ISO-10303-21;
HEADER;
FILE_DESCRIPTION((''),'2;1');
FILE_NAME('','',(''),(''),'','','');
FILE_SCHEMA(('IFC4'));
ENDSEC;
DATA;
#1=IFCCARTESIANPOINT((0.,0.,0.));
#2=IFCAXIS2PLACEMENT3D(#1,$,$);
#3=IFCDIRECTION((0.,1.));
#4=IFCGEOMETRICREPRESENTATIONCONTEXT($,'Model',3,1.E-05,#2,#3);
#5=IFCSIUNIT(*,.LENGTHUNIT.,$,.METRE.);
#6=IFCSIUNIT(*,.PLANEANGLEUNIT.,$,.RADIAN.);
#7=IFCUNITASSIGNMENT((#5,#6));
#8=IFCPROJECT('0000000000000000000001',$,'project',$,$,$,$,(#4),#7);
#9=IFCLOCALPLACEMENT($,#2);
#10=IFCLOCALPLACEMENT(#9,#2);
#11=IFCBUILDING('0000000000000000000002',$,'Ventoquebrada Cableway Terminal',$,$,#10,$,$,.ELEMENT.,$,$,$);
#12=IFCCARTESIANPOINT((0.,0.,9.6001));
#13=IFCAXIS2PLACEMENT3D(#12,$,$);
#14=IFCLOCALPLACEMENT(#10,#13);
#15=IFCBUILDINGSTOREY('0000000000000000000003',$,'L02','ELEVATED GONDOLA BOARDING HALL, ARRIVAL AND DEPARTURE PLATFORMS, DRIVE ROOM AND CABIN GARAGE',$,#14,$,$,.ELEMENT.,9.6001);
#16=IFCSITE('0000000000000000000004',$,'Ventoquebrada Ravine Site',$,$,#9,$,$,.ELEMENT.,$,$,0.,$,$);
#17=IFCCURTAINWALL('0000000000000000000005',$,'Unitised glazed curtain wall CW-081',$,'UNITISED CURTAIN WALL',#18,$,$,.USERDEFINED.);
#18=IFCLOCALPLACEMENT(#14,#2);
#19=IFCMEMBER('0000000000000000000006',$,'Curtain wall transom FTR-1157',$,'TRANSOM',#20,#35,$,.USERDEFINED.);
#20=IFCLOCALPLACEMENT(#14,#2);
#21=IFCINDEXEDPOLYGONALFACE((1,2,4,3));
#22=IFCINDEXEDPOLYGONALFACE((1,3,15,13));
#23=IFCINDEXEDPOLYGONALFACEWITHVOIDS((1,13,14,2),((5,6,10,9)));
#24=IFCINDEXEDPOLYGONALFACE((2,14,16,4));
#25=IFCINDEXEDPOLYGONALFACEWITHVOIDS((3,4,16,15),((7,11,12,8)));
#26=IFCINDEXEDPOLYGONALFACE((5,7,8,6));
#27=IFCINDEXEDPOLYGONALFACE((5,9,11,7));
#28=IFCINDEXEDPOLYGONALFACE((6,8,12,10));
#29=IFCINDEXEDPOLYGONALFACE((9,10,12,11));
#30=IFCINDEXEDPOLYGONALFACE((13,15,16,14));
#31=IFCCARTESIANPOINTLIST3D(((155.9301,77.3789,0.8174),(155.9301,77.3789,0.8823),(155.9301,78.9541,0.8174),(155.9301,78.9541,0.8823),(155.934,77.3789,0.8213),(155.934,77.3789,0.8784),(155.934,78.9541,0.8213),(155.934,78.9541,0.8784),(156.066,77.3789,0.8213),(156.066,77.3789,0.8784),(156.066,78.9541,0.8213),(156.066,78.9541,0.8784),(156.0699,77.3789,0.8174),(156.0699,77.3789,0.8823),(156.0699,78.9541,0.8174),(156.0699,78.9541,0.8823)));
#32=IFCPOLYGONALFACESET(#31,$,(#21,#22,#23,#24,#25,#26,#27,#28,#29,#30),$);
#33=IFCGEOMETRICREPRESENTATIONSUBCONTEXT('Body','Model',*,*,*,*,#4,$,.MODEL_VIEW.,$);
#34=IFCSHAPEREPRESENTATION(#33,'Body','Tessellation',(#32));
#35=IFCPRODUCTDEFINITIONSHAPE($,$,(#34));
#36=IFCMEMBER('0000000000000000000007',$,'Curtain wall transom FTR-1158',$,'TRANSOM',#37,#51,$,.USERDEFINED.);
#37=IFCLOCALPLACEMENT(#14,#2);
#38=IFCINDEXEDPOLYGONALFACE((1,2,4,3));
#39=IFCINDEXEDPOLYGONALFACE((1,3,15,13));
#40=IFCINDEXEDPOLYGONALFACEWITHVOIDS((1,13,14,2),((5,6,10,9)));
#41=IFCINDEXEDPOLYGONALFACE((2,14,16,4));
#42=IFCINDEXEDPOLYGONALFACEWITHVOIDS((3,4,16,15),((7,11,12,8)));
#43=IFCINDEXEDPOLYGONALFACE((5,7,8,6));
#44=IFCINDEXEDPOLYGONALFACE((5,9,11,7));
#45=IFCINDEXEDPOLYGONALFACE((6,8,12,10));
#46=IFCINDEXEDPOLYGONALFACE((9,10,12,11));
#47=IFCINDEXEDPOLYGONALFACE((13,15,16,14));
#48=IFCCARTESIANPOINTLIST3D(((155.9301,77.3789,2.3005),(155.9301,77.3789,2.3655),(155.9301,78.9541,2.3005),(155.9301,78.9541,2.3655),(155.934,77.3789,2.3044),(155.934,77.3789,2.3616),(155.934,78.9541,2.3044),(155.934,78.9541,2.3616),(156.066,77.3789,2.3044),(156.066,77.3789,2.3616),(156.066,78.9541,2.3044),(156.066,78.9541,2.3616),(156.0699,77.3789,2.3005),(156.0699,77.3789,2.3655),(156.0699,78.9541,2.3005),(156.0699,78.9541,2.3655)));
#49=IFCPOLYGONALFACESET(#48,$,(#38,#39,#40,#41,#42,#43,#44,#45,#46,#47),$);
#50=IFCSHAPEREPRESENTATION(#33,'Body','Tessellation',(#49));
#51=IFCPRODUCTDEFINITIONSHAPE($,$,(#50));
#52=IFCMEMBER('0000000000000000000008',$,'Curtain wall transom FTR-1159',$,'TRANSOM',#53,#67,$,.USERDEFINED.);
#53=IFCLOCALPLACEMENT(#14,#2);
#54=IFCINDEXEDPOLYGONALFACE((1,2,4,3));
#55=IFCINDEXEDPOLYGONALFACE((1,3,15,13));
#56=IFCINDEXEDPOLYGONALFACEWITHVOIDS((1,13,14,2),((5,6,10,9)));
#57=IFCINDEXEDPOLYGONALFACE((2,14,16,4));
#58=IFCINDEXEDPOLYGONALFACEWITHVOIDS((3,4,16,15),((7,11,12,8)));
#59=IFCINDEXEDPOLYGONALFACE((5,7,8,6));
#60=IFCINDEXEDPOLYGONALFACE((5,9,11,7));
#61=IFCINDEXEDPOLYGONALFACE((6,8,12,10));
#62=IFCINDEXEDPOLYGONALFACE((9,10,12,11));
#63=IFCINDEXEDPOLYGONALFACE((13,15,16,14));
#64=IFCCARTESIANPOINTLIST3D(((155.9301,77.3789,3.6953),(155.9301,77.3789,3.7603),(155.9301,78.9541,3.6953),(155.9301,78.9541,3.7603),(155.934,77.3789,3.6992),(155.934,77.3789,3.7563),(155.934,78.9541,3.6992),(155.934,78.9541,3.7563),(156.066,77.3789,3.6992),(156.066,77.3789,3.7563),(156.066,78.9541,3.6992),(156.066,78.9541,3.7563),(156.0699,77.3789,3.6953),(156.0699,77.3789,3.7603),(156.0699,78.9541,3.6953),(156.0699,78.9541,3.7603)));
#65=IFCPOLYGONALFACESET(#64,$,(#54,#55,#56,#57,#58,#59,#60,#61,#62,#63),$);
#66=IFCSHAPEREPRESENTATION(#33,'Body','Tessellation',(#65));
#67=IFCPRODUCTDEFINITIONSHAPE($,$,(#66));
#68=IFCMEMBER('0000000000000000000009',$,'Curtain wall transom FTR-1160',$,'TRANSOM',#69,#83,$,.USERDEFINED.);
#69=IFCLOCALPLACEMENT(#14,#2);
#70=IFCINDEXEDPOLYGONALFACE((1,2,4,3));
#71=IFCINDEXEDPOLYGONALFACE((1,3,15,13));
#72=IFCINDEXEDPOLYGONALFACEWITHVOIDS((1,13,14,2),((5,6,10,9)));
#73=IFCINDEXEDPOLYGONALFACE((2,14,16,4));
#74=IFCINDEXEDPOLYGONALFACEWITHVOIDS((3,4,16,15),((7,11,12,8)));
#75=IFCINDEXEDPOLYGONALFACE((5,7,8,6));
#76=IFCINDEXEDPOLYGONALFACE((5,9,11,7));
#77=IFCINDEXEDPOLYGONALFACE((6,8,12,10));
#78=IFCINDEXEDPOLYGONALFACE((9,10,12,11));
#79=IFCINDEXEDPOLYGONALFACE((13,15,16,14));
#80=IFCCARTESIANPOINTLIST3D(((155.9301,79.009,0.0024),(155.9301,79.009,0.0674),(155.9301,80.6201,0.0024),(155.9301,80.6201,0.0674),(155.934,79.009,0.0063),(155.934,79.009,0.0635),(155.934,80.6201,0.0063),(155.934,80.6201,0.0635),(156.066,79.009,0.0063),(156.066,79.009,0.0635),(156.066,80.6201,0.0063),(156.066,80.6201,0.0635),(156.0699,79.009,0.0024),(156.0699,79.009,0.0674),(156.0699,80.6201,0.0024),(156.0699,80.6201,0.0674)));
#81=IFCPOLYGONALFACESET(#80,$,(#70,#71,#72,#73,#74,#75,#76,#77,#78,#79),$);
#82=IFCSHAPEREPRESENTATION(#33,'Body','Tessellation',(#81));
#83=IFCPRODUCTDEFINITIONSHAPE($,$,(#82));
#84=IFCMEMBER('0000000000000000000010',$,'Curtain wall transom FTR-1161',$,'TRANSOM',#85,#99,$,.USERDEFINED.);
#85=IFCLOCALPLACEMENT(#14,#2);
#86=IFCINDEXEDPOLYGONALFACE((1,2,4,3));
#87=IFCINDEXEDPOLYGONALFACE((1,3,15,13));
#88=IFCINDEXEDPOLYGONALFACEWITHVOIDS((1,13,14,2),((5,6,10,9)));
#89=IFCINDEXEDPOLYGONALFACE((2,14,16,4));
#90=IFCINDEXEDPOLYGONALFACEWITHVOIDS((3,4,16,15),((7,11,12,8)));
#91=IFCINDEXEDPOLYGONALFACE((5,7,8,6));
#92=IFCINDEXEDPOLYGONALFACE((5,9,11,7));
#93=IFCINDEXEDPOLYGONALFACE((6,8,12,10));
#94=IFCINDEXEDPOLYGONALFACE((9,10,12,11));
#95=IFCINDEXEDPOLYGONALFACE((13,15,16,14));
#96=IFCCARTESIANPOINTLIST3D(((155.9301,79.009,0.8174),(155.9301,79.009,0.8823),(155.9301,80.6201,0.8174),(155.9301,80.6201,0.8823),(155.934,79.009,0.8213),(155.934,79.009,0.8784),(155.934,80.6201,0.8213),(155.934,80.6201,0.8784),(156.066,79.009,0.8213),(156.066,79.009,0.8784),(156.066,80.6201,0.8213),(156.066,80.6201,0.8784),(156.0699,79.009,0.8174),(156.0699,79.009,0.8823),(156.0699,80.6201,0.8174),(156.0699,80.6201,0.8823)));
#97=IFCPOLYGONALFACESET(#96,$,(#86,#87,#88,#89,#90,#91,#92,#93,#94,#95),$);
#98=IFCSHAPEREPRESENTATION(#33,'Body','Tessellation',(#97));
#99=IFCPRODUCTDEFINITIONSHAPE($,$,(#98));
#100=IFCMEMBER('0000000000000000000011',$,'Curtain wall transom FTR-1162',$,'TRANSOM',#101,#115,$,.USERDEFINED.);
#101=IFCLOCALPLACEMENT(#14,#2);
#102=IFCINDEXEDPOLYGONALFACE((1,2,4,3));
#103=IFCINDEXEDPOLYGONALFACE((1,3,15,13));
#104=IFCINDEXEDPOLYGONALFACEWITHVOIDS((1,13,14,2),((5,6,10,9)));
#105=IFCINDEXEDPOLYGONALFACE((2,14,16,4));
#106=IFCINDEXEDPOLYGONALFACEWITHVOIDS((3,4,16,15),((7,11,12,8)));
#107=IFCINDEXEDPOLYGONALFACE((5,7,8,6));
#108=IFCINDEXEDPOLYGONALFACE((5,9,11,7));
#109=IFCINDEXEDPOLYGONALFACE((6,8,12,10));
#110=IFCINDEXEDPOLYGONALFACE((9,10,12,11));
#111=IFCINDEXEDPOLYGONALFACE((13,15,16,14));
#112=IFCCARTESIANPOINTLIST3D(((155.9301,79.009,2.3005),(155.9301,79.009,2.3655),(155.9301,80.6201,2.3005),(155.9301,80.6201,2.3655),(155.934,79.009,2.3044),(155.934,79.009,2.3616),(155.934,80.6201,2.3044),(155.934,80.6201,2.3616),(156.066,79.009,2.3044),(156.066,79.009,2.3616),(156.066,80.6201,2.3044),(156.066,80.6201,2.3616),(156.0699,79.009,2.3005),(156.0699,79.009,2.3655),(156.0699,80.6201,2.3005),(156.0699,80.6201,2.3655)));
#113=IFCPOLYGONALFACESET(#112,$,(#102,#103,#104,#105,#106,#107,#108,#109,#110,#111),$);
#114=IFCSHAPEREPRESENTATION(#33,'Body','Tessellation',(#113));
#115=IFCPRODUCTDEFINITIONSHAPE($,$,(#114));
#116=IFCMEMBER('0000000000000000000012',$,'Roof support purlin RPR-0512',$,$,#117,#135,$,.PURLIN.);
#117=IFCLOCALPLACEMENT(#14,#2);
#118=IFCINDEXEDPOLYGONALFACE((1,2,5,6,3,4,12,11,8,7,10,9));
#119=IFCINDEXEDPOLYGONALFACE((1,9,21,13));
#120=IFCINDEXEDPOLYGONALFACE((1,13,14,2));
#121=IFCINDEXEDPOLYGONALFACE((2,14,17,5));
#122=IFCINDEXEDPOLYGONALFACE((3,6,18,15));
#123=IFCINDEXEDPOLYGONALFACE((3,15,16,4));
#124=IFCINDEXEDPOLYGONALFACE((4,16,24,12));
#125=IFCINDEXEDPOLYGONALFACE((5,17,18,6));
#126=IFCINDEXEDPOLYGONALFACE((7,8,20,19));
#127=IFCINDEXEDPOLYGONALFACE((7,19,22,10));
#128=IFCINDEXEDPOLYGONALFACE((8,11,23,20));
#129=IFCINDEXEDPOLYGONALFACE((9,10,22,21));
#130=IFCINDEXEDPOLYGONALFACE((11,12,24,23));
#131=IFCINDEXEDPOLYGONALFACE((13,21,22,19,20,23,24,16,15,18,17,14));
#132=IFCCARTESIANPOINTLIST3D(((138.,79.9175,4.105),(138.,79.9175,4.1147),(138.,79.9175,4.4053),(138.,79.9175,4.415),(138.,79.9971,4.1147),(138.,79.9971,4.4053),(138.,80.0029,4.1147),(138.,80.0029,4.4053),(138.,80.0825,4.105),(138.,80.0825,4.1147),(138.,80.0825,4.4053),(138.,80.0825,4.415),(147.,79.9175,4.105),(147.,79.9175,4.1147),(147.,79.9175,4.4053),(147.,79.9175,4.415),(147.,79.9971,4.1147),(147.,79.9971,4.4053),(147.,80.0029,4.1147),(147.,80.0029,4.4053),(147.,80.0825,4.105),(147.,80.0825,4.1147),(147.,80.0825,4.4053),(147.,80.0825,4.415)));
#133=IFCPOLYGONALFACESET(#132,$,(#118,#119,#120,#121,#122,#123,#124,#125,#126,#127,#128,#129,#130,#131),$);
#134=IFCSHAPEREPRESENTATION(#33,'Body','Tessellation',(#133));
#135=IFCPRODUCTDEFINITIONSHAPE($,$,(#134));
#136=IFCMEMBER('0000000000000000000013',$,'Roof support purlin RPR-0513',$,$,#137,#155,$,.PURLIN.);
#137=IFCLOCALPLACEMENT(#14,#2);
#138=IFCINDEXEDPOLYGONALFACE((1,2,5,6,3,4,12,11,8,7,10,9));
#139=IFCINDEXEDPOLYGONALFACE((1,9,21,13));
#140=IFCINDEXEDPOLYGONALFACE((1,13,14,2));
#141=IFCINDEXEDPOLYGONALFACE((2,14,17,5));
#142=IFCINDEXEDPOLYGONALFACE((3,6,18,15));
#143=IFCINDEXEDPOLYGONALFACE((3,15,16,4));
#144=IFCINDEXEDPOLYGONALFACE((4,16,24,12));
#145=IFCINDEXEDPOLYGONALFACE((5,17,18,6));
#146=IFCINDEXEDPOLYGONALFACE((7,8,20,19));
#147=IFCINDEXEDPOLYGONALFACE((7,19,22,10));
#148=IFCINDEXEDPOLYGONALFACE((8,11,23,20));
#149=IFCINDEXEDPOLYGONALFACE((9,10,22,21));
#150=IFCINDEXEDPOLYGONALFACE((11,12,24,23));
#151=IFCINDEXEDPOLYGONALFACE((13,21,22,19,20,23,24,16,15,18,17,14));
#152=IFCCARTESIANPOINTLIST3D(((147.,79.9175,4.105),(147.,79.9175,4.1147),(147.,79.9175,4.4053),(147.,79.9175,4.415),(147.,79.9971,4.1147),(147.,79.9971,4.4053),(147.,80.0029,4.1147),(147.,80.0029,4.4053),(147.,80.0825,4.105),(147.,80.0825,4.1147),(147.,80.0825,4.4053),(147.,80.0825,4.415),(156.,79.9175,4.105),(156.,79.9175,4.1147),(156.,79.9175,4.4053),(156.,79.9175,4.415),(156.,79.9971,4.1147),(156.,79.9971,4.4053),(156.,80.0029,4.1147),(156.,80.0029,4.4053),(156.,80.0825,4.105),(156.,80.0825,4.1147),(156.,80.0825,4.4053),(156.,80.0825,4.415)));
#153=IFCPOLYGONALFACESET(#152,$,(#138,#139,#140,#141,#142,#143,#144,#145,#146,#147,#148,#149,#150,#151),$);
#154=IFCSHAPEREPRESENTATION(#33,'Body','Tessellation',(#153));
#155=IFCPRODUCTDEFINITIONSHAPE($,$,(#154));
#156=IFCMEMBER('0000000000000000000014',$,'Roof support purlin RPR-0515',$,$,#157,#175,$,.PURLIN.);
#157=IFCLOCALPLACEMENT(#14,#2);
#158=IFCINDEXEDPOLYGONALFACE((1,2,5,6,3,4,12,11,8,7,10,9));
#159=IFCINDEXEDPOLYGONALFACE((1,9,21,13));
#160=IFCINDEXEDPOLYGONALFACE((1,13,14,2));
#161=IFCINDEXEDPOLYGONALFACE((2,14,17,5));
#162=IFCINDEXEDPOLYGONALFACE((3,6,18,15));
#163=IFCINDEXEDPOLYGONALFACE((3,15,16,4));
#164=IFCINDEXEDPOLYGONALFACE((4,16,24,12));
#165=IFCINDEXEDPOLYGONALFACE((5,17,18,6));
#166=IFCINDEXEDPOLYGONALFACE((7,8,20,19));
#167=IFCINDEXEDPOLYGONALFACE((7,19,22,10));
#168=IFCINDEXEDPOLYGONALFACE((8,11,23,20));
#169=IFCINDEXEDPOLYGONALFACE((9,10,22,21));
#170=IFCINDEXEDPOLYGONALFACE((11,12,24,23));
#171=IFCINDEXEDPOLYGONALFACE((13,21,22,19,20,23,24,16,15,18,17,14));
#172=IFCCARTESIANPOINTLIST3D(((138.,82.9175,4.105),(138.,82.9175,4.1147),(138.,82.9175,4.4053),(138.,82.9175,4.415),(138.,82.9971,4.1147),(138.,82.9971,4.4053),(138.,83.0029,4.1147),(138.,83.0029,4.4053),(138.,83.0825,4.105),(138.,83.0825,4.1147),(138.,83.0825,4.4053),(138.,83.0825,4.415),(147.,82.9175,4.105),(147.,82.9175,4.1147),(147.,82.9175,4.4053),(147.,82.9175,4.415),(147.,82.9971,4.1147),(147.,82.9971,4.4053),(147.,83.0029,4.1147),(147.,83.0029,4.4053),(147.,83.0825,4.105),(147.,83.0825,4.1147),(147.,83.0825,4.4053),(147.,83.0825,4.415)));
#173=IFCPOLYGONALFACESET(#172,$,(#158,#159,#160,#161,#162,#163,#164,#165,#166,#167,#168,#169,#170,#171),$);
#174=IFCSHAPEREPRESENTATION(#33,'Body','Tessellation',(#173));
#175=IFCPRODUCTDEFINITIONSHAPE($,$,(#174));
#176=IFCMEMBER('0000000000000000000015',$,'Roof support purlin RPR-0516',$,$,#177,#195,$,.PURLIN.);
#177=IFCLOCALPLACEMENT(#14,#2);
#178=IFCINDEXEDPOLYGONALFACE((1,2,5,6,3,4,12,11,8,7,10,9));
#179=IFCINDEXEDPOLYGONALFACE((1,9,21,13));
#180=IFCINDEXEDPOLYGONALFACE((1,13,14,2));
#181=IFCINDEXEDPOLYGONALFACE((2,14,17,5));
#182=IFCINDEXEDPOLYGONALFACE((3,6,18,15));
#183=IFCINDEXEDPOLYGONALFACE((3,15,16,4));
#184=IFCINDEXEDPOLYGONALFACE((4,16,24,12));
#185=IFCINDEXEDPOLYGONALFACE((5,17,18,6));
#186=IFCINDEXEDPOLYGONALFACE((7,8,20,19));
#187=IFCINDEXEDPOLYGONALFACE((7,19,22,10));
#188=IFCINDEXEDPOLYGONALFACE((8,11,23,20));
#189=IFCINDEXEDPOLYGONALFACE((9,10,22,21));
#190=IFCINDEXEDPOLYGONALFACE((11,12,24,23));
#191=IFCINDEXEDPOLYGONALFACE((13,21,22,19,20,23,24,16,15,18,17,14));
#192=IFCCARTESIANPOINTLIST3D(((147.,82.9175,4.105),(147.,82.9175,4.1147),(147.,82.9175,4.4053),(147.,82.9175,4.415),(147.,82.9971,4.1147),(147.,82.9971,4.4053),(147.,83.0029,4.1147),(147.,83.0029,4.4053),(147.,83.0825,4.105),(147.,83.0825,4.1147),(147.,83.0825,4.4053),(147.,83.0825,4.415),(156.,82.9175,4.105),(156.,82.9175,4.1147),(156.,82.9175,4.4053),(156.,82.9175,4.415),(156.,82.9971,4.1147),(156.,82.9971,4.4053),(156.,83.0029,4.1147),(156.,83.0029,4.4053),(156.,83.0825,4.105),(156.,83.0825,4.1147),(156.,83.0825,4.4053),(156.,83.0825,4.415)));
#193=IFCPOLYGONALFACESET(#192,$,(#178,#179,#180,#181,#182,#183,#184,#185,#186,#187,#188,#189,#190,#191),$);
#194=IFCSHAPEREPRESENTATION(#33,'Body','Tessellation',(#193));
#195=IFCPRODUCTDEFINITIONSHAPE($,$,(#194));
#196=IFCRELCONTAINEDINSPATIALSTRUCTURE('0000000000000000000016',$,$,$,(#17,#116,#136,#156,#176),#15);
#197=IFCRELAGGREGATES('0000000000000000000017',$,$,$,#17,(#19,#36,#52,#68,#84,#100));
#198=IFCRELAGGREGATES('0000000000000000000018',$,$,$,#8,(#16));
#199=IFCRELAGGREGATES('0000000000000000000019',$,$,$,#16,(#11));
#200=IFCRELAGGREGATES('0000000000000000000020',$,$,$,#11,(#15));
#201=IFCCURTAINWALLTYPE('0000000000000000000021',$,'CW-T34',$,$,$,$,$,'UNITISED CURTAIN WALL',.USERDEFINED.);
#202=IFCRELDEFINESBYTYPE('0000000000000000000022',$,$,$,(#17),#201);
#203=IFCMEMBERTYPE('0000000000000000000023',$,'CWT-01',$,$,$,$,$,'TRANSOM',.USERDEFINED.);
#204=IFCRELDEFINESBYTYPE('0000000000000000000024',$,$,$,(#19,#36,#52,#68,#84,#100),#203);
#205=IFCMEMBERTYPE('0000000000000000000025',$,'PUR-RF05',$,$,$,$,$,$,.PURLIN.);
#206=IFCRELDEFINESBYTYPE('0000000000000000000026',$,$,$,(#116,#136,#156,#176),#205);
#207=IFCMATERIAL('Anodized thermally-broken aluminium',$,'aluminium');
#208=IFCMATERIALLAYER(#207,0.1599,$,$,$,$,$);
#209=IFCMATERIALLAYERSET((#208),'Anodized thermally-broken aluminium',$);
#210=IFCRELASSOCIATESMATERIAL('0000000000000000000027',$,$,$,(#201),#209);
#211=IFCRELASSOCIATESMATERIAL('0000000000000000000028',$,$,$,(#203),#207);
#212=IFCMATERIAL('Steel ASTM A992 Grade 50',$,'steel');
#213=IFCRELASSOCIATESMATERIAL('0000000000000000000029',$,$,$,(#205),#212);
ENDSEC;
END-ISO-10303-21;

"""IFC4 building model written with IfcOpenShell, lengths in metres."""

from ifc_helpers import new_model, si_unit, direction, frame, origin, origin_2d, place, context, subcontext, project, spatial, hollow_rectangle, i_section, extrude, material, layer, layer_set, material_profile, profile_set, type_object, element, aggregate, save


model = new_model("IFC4")

# Units and contexts
model_context = context("Model", 3, precision=1e-05, world=origin(), true_north=direction((0.0, 1.0)))
body_context = subcontext(model_context, "Body", "Model", "MODEL_VIEW")
ifc_project = project(units=[si_unit("LENGTHUNIT", "METRE"), si_unit("PLANEANGLEUNIT", "RADIAN")], contexts=[model_context])

# Site, building, storey
site_placement = place(None, origin())
site = spatial("IfcSite", under=ifc_project, at=site_placement, Name="Ventoquebrada Ravine Site", CompositionType="ELEMENT", RefElevation=0.0)
building_placement = place(site_placement, origin())
building = spatial("IfcBuilding", under=site, at=building_placement, Name="Ventoquebrada Cableway Terminal", CompositionType="ELEMENT")
storey_placement = place(building_placement, frame((0.0, 0.0, 9.6001)))
storey = spatial("IfcBuildingStorey", under=building, at=storey_placement, Name="L02", Description="ELEVATED GONDOLA BOARDING HALL, ARRIVAL AND DEPARTURE PLATFORMS, DRIVE ROOM AND CABIN GARAGE", CompositionType="ELEMENT", Elevation=9.6001)

# Shared definitions
ifc_material_1 = material(Name="Steel ASTM A992 Grade 50", Category="steel")

# Curtain wall, members
ifc_material_2 = material(Name="Anodized thermally-broken aluminium", Category="aluminium")
ifc_layer_1 = layer(ifc_material_2, 0.1599)
ifc_layer_set_1 = layer_set([ifc_layer_1], Name="Anodized thermally-broken aluminium")
curtain_wall_type = type_object("IfcCurtainWallType", Name="CW-T34", ElementType="UNITISED CURTAIN WALL", PredefinedType="USERDEFINED", material=ifc_layer_set_1)
curtain_wall_placement = place(storey_placement, origin())
curtain_wall = element("IfcCurtainWall", 1, at=curtain_wall_placement, inside=storey, type_object=curtain_wall_type, Name="Unitised glazed curtain wall CW-081", ObjectType="UNITISED CURTAIN WALL", PredefinedType="USERDEFINED")
ifc_material_profile_1 = material_profile(ifc_material_2, hollow_rectangle(XDim=0.0649, YDim=0.1399, WallThickness=0.0039, at=origin_2d()), Name="CW-TRN-65X140")
ifc_profile_set_1 = profile_set([ifc_material_profile_1], Name="Anodized thermally-broken aluminium")
member_type_1 = type_object("IfcMemberType", Name="CWT-01", ElementType="TRANSOM", PredefinedType="USERDEFINED", material=ifc_profile_set_1)
member_1_placement = place(storey_placement, frame((156.0, 77.3789, 0.8499), z_axis=(0.0, 1.0, 0.0), x_axis=(0.0, 0.0, 1.0)))
member_1 = element("IfcMember", 2, at=member_1_placement, type_object=member_type_1, Name="Curtain wall transom FTR-1157", ObjectType="TRANSOM", PredefinedType="USERDEFINED", context=body_context, shape_type="SweptSolid", body=[
    extrude(hollow_rectangle(XDim=0.0649, YDim=0.1399, WallThickness=0.0039, at=origin_2d()), origin(), (0.0, 0.0, 1.0), 1.5752),
])
member_2_placement = place(storey_placement, frame((156.0, 77.3789, 2.333), z_axis=(0.0, 1.0, 0.0), x_axis=(0.0, 0.0, 1.0)))
member_2 = element("IfcMember", 3, at=member_2_placement, type_object=member_type_1, Name="Curtain wall transom FTR-1158", ObjectType="TRANSOM", PredefinedType="USERDEFINED", context=body_context, shape_type="SweptSolid", body=[
    extrude(hollow_rectangle(XDim=0.0649, YDim=0.1399, WallThickness=0.0039, at=origin_2d()), origin(), (0.0, 0.0, 1.0), 1.5752),
])
member_3_placement = place(storey_placement, frame((156.0, 77.3789, 3.7278), z_axis=(0.0, 1.0, 0.0), x_axis=(0.0, 0.0, 1.0)))
member_3 = element("IfcMember", 4, at=member_3_placement, type_object=member_type_1, Name="Curtain wall transom FTR-1159", ObjectType="TRANSOM", PredefinedType="USERDEFINED", context=body_context, shape_type="SweptSolid", body=[
    extrude(hollow_rectangle(XDim=0.0649, YDim=0.1399, WallThickness=0.0039, at=origin_2d()), origin(), (0.0, 0.0, 1.0), 1.5752),
])
member_4_placement = place(storey_placement, frame((156.0, 79.009, 0.0349), z_axis=(0.0, 1.0, 0.0), x_axis=(0.0, 0.0, 1.0)))
member_4 = element("IfcMember", 5, at=member_4_placement, type_object=member_type_1, Name="Curtain wall transom FTR-1160", ObjectType="TRANSOM", PredefinedType="USERDEFINED", context=body_context, shape_type="SweptSolid", body=[
    extrude(hollow_rectangle(XDim=0.0649, YDim=0.1399, WallThickness=0.0039, at=origin_2d()), origin(), (0.0, 0.0, 1.0), 1.6111),
])
member_5_placement = place(storey_placement, frame((156.0, 79.009, 0.8499), z_axis=(0.0, 1.0, 0.0), x_axis=(0.0, 0.0, 1.0)))
member_5 = element("IfcMember", 6, at=member_5_placement, type_object=member_type_1, Name="Curtain wall transom FTR-1161", ObjectType="TRANSOM", PredefinedType="USERDEFINED", context=body_context, shape_type="SweptSolid", body=[
    extrude(hollow_rectangle(XDim=0.0649, YDim=0.1399, WallThickness=0.0039, at=origin_2d()), origin(), (0.0, 0.0, 1.0), 1.6111),
])
member_6_placement = place(storey_placement, frame((156.0, 79.009, 2.333), z_axis=(0.0, 1.0, 0.0), x_axis=(0.0, 0.0, 1.0)))
member_6 = element("IfcMember", 7, at=member_6_placement, type_object=member_type_1, Name="Curtain wall transom FTR-1162", ObjectType="TRANSOM", PredefinedType="USERDEFINED", context=body_context, shape_type="SweptSolid", body=[
    extrude(hollow_rectangle(XDim=0.0649, YDim=0.1399, WallThickness=0.0039, at=origin_2d()), origin(), (0.0, 0.0, 1.0), 1.6111),
])

# Members
ifc_material_profile_2 = material_profile(ifc_material_1, i_section(OverallWidth=0.165, OverallDepth=0.3101, WebThickness=0.0059, FlangeThickness=0.0098, at=origin_2d()), Name="W12X26")
ifc_profile_set_2 = profile_set([ifc_material_profile_2], Name="Steel ASTM A992 Grade 50")
member_type_2 = type_object("IfcMemberType", Name="PUR-RF05", PredefinedType="PURLIN", material=ifc_profile_set_2)
for number, where, z_axis, x_axis, name in (
    (8, (138.0, 80.0, 4.26), (1.0, 0.0, 0.0), (0.0, 1.0, 0.0), "Roof support purlin RPR-0512"),
    (9, (147.0, 80.0, 4.26), (1.0, 0.0, 0.0), (0.0, 1.0, 0.0), "Roof support purlin RPR-0513"),
    (10, (138.0, 83.0, 4.26), (1.0, 0.0, 0.0), (0.0, 1.0, 0.0), "Roof support purlin RPR-0515"),
    (11, (147.0, 83.0, 4.26), (1.0, 0.0, 0.0), (0.0, 1.0, 0.0), "Roof support purlin RPR-0516"),
):
    element("IfcMember", number, at=place(storey_placement, frame(where, z_axis=z_axis, x_axis=x_axis)), inside=storey, type_object=member_type_2, Name=name, PredefinedType="PURLIN", context=body_context, shape_type="SweptSolid", body=[
        extrude(i_section(OverallWidth=0.165, OverallDepth=0.3101, WebThickness=0.0059, FlangeThickness=0.0098, at=origin_2d()), origin(), (0.0, 0.0, 1.0), 9.0),
    ])

aggregate(curtain_wall, [member_1, member_2, member_3, member_4, member_5, member_6])

save(model, "model.ifc")
